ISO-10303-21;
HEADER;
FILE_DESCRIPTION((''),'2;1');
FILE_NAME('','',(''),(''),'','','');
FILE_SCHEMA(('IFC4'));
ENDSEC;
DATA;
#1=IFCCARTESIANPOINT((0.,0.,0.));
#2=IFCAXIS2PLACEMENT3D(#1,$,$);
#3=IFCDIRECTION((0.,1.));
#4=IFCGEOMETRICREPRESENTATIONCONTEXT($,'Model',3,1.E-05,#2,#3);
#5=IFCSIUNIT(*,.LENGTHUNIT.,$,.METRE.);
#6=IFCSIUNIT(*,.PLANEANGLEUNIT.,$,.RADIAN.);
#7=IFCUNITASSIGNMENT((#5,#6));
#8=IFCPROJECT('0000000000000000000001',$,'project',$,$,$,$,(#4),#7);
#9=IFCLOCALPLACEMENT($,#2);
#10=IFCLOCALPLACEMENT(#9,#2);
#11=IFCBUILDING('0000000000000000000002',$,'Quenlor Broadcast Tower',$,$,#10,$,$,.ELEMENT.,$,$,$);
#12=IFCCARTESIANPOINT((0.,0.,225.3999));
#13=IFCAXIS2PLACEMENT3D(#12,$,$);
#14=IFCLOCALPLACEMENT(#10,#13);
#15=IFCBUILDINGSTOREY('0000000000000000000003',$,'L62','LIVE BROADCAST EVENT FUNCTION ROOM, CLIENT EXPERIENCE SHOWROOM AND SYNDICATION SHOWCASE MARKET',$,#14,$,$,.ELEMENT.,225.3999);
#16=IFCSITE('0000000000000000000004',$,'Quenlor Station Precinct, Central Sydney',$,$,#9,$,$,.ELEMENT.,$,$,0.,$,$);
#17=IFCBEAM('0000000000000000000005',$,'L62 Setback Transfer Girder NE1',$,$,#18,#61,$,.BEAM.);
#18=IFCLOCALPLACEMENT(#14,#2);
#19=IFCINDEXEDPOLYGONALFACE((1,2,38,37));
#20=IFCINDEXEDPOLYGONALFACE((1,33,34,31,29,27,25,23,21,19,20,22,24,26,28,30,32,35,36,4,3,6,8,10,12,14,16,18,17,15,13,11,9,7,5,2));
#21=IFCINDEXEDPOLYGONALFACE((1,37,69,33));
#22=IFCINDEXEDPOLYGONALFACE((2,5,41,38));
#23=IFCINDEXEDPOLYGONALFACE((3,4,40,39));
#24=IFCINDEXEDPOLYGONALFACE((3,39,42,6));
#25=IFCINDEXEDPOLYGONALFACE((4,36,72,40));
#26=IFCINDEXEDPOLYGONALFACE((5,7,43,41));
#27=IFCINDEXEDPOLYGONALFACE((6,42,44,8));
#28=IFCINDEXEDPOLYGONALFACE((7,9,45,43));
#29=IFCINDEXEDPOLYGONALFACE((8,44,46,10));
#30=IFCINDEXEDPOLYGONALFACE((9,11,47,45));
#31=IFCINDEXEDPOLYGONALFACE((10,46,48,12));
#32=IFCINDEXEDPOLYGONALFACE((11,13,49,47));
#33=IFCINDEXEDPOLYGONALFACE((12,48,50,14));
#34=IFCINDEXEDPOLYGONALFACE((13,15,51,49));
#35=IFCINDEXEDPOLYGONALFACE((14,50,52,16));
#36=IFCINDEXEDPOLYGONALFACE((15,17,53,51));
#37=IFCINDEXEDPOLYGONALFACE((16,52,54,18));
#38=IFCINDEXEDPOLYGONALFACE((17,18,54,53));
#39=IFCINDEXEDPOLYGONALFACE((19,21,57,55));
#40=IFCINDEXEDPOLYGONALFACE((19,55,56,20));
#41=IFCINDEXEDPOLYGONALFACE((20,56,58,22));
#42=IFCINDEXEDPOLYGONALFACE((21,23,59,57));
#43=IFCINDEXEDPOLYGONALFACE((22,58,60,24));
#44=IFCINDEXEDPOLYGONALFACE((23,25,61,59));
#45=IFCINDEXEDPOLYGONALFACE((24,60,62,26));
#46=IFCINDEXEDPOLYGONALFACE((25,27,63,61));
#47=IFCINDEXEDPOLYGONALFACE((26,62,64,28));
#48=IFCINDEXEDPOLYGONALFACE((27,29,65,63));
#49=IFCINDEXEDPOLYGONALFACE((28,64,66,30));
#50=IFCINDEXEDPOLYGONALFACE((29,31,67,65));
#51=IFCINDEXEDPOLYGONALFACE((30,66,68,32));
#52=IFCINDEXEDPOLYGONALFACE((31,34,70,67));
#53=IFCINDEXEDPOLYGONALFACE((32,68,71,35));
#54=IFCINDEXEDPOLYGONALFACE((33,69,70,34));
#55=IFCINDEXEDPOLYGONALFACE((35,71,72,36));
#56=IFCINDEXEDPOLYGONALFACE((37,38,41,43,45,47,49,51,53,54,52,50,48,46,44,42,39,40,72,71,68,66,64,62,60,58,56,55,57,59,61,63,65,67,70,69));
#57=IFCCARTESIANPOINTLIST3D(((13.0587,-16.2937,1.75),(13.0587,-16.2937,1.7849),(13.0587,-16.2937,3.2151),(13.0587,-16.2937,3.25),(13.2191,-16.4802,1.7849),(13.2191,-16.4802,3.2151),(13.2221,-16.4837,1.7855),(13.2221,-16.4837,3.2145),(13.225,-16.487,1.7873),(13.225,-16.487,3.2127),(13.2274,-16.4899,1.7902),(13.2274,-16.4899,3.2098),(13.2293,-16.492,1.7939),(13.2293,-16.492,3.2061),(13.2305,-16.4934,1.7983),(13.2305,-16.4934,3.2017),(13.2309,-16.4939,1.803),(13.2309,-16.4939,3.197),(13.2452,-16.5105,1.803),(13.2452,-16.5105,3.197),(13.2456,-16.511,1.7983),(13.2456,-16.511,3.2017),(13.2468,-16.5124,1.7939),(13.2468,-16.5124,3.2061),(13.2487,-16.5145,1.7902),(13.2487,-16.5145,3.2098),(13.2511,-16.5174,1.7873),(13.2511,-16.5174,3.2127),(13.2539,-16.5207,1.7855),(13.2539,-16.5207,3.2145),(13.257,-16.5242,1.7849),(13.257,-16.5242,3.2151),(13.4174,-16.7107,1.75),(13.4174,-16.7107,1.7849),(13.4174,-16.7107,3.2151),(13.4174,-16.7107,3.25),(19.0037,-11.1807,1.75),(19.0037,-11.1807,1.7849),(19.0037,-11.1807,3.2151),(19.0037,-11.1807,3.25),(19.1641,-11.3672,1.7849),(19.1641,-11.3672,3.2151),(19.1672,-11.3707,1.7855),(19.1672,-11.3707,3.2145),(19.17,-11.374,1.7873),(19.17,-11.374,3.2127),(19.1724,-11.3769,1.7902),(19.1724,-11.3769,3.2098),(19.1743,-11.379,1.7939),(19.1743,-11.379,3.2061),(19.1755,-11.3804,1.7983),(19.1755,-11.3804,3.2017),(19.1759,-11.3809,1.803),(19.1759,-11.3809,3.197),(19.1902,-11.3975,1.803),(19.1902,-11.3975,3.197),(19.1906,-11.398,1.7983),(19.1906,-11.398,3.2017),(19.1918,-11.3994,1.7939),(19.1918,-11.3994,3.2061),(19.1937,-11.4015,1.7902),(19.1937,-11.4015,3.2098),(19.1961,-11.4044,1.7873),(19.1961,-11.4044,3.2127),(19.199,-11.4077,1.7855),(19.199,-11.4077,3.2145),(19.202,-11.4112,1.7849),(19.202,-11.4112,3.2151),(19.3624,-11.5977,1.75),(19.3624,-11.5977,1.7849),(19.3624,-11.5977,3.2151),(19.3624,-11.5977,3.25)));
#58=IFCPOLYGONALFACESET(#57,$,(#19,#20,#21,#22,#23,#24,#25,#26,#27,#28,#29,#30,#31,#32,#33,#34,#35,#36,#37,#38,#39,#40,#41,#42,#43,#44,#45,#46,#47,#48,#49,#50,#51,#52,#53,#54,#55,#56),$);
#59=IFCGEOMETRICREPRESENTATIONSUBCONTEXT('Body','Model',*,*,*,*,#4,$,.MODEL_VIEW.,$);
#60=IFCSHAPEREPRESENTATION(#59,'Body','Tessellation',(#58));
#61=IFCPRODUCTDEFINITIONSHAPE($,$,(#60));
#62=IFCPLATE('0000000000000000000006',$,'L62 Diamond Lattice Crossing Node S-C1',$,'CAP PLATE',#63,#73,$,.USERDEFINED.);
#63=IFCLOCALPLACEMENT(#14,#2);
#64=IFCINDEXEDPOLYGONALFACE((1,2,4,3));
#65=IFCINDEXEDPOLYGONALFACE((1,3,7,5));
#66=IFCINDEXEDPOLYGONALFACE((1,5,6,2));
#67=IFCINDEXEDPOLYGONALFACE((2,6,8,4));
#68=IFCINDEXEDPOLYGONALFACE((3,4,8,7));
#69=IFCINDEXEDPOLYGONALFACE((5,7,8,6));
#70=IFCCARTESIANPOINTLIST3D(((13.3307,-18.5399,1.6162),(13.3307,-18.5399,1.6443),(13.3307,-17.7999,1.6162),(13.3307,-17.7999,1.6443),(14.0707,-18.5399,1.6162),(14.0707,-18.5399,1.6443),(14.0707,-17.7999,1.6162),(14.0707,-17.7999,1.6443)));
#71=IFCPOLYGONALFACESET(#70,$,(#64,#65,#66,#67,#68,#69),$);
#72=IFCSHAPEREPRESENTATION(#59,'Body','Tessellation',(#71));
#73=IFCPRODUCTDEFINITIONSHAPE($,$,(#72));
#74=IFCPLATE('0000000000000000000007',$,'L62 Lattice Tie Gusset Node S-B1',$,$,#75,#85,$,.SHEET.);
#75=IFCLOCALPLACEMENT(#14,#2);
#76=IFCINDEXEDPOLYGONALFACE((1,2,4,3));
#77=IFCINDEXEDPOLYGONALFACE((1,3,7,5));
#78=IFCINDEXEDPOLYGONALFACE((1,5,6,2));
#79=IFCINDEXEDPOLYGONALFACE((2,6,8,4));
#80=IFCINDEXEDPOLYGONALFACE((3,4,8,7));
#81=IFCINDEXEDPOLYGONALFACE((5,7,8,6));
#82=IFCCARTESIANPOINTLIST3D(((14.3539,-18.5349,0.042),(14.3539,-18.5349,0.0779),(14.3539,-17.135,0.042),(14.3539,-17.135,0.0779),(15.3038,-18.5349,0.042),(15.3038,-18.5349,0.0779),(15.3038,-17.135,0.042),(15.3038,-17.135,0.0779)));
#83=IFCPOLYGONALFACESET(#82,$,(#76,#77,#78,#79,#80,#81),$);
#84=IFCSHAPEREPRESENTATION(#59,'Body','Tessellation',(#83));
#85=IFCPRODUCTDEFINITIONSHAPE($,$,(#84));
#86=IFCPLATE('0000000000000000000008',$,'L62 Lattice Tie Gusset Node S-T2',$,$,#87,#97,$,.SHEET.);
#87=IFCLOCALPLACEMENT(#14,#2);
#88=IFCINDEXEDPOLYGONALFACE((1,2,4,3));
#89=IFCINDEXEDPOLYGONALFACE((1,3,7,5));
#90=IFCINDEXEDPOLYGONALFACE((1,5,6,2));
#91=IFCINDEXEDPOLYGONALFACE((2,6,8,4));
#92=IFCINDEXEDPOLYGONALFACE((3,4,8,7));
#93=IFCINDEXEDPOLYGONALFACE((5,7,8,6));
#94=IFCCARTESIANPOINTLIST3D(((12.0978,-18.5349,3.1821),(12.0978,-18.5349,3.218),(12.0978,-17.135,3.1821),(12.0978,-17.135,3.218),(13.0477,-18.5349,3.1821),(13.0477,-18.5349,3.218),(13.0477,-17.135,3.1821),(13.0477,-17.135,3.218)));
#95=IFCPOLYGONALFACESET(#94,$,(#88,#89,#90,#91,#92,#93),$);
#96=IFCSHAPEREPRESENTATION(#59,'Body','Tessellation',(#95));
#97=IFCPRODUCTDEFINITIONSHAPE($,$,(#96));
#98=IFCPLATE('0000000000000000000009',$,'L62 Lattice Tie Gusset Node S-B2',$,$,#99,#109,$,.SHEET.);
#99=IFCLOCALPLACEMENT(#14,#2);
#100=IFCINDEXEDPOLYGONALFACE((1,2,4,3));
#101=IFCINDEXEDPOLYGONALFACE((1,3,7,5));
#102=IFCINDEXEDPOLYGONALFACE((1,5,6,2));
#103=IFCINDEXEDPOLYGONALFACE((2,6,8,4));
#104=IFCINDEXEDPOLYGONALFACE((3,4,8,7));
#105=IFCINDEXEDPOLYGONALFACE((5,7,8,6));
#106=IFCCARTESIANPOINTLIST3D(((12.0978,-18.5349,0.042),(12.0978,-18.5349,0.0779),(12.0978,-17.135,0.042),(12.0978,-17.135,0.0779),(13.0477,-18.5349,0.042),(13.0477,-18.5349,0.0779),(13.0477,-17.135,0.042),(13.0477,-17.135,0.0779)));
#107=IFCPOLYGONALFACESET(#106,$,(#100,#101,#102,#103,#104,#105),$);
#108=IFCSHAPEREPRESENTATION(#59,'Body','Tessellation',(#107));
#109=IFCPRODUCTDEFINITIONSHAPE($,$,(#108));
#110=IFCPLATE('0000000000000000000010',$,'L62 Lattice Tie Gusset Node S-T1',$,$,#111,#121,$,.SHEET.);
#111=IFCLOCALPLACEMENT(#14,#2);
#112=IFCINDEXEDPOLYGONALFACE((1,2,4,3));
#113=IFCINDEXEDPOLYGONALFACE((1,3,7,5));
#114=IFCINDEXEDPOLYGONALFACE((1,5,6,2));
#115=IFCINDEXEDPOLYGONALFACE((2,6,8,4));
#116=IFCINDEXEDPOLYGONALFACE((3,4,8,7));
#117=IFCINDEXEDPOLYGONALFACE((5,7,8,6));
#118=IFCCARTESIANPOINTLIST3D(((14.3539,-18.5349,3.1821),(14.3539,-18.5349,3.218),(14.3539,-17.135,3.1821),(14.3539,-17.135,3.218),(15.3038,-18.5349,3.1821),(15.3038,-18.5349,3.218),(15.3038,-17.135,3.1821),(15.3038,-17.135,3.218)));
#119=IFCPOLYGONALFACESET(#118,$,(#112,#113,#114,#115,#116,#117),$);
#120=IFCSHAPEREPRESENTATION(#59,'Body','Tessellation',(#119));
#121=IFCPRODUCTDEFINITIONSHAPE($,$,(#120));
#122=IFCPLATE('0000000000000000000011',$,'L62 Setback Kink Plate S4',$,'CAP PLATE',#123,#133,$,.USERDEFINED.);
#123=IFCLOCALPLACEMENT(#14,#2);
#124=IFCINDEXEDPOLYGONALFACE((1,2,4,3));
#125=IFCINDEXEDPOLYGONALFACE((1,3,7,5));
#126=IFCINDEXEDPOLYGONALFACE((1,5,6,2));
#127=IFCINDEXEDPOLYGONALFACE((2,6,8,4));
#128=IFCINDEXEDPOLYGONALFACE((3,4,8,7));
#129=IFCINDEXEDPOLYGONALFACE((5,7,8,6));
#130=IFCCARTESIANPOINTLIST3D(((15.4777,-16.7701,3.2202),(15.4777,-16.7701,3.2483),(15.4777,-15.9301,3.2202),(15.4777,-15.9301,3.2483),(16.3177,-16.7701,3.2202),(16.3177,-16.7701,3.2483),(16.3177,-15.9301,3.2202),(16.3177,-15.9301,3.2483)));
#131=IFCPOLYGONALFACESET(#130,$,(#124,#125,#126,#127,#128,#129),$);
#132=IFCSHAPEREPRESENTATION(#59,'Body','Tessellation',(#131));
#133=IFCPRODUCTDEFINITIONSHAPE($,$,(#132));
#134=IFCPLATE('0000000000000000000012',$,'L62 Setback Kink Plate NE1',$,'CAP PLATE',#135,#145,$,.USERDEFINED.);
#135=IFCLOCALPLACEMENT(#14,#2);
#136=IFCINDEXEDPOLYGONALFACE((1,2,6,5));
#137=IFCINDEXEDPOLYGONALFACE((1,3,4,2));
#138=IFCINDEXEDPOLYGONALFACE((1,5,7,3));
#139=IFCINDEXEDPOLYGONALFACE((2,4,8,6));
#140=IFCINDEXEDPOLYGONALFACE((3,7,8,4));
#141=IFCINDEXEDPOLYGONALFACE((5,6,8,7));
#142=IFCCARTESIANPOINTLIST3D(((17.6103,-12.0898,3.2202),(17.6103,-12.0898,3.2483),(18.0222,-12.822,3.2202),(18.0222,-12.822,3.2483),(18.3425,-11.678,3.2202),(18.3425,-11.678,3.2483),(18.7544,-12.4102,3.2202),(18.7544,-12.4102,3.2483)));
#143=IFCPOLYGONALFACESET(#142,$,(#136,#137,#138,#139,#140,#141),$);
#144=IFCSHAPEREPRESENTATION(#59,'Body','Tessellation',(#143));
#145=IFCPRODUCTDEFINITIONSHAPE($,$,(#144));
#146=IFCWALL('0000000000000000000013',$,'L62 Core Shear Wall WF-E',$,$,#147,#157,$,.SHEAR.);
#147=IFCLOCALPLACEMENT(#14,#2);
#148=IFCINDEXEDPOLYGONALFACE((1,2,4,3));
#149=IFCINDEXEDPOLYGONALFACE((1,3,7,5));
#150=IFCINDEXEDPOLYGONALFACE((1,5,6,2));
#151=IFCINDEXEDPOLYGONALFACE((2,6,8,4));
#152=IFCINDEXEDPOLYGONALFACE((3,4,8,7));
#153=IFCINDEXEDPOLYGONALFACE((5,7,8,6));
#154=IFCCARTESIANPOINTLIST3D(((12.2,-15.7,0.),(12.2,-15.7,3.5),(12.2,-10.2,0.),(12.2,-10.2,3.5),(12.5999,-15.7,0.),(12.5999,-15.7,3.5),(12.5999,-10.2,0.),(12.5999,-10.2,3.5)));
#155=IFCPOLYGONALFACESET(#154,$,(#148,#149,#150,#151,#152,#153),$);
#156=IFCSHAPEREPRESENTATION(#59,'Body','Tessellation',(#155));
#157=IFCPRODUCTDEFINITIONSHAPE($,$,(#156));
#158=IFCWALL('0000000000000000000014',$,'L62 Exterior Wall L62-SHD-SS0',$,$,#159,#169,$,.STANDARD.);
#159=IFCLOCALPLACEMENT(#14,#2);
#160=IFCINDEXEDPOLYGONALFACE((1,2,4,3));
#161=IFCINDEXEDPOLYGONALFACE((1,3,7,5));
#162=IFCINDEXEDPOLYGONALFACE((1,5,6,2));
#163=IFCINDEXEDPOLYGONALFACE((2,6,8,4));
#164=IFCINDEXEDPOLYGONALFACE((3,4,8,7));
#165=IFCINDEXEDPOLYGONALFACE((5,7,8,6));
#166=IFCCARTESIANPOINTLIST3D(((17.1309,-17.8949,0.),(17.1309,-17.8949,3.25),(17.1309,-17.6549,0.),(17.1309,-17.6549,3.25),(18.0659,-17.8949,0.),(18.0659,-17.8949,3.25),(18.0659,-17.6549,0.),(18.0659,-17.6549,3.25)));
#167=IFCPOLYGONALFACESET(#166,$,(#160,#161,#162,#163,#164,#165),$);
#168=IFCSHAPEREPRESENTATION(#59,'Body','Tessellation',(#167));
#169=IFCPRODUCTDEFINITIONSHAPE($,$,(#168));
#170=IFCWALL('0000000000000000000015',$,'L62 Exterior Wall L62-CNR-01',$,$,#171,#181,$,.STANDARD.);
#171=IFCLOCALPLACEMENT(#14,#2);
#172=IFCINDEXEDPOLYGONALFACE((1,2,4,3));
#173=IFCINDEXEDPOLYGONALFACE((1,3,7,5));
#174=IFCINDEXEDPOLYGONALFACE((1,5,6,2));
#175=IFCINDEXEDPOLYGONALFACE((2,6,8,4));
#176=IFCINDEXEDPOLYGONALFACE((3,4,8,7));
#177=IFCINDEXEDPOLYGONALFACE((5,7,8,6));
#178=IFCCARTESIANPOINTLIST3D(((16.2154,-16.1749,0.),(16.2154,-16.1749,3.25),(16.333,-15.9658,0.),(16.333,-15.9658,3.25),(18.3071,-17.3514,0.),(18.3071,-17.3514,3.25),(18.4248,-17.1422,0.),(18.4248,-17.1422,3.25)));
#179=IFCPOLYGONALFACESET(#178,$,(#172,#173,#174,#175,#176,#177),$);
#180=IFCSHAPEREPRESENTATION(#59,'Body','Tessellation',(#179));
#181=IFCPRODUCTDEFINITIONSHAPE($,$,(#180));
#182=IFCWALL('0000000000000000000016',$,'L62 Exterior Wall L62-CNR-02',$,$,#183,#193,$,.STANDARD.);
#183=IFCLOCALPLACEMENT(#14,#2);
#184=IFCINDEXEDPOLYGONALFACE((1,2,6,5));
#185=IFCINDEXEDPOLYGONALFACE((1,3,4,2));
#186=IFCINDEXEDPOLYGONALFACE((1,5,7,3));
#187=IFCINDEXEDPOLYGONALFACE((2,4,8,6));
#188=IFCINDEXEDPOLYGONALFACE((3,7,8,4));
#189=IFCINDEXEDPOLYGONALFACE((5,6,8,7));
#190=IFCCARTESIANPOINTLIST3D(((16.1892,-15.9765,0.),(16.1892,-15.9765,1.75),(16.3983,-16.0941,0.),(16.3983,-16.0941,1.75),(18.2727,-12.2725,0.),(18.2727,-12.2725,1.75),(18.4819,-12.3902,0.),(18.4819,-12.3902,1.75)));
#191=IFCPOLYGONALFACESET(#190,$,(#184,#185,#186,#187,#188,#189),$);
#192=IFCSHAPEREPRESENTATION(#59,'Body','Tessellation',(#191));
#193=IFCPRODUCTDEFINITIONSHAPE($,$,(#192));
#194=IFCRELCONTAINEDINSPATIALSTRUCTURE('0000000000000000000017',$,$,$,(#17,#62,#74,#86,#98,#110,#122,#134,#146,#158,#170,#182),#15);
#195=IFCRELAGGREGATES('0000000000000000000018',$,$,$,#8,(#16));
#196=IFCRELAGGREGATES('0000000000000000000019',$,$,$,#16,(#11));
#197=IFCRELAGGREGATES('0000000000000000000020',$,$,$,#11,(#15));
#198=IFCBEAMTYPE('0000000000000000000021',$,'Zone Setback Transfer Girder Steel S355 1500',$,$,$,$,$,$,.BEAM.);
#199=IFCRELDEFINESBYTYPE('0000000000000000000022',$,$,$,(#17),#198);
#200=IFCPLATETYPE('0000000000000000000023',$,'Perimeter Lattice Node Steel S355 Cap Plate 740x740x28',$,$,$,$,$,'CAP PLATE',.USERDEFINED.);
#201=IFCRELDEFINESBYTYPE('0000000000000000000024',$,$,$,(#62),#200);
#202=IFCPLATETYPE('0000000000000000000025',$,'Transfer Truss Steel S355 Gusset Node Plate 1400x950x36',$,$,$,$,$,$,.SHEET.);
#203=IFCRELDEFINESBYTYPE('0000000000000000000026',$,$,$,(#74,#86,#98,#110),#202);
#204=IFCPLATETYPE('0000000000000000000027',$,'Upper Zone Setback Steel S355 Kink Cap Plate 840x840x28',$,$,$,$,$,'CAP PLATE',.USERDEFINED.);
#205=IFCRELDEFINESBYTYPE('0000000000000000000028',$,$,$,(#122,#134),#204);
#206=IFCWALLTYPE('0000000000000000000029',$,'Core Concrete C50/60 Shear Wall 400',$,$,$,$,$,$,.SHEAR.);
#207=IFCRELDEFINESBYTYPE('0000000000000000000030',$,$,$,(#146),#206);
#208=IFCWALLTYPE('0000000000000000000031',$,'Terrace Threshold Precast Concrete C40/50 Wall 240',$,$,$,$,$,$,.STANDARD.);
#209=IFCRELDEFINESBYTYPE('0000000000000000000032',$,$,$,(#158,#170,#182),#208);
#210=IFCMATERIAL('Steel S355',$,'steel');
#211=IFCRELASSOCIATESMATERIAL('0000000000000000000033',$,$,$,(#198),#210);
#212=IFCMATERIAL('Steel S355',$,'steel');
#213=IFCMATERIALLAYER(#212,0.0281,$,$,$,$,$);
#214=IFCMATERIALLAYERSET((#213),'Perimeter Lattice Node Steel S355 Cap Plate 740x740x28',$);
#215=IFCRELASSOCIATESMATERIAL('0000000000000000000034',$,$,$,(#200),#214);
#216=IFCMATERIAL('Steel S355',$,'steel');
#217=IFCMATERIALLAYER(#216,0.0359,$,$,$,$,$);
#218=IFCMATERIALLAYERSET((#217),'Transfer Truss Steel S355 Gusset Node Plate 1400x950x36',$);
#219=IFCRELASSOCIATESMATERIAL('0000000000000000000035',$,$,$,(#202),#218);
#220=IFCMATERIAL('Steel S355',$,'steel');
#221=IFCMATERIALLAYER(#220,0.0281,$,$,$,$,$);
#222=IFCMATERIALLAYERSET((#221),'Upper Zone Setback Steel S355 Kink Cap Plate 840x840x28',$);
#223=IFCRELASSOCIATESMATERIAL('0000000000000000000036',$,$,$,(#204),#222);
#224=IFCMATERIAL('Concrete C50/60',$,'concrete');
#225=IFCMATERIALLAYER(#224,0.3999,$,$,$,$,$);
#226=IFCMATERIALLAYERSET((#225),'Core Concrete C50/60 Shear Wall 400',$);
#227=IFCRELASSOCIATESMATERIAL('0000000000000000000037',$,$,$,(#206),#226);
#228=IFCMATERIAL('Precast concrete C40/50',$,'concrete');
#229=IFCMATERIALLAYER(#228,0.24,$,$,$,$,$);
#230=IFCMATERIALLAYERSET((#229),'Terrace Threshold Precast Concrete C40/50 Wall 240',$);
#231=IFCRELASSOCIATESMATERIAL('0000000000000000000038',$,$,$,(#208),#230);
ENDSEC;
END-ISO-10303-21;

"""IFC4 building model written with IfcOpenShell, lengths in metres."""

from ifc_helpers import new_model, si_unit, direction, frame, frame_2d, origin, origin_2d, place, context, subcontext, project, spatial, rectangle, i_section, extrude, material, layer, layer_set, material_profile, profile_set, type_object, element, save


model = new_model("IFC4")

# Units and contexts
model_context = context("Model", 3, precision=1e-05, world=origin(), true_north=direction((0.0, 1.0)))
body_context = subcontext(model_context, "Body", "Model", "MODEL_VIEW")
ifc_project = project(units=[si_unit("LENGTHUNIT", "METRE"), si_unit("PLANEANGLEUNIT", "RADIAN")], contexts=[model_context])

# Site, building, storey
site_placement = place(None, origin())
site = spatial("IfcSite", under=ifc_project, at=site_placement, Name="Quenlor Station Precinct, Central Sydney", CompositionType="ELEMENT", RefElevation=0.0)
building_placement = place(site_placement, origin())
building = spatial("IfcBuilding", under=site, at=building_placement, Name="Quenlor Broadcast Tower", CompositionType="ELEMENT")
storey_placement = place(building_placement, frame((0.0, 0.0, 225.3999)))
storey = spatial("IfcBuildingStorey", under=building, at=storey_placement, Name="L62", Description="LIVE BROADCAST EVENT FUNCTION ROOM, CLIENT EXPERIENCE SHOWROOM AND SYNDICATION SHOWCASE MARKET", CompositionType="ELEMENT", Elevation=225.3999)

# Beam
ifc_material_1 = material(Name="Steel S355", Category="steel")
ifc_material_profile_1 = material_profile(ifc_material_1, i_section(OverallWidth=0.55, OverallDepth=1.5, WebThickness=0.022, FlangeThickness=0.0349, FilletRadius=0.0181, at=origin_2d()))
ifc_profile_set_1 = profile_set([ifc_material_profile_1], Name="Steel S355 1500TG510")
beam_type_1 = type_object("IfcBeamType", Name="Zone Setback Transfer Girder Steel S355 1500", PredefinedType="BEAM", material=ifc_profile_set_1)
beam_1_placement = place(storey_placement, frame((13.238, -16.5022, 2.5), z_axis=(0.758168, 0.65206, 0.0), x_axis=(-0.65206, 0.758168, 0.0)))
element("IfcBeam", 1, at=beam_1_placement, inside=storey, type_object=beam_type_1, Name="L62 Setback Transfer Girder NE1", PredefinedType="BEAM", context=body_context, shape_type="SweptSolid", body=[
    extrude(i_section(OverallWidth=0.55, OverallDepth=1.5, WebThickness=0.022, FlangeThickness=0.0349, FilletRadius=0.0181, at=origin_2d()), origin(), (0.0, 0.0, 1.0), 7.8413),
])

# Plates
ifc_material_2 = material(Name="Steel S355", Category="steel")
ifc_layer_1 = layer(ifc_material_2, 0.0281)
ifc_layer_set_1 = layer_set([ifc_layer_1], Name="Perimeter Lattice Node Steel S355 Cap Plate 740x740x28")
plate_type_1 = type_object("IfcPlateType", Name="Perimeter Lattice Node Steel S355 Cap Plate 740x740x28", ElementType="CAP PLATE", PredefinedType="USERDEFINED", material=ifc_layer_set_1)
plate_placement = place(storey_placement, frame((13.7007, -18.1699, 1.6162), z_axis=(0.0, 0.0, 1.0), x_axis=(-1.0, 0.0, 0.0)))
element("IfcPlate", 2, at=plate_placement, inside=storey, type_object=plate_type_1, Name="L62 Diamond Lattice Crossing Node S-C1", ObjectType="CAP PLATE", PredefinedType="USERDEFINED", context=body_context, shape_type="SweptSolid", body=[
    extrude(rectangle(XDim=0.74, YDim=0.74, at=origin_2d()), origin(), (0.0, 0.0, 1.0), 0.0281),
])
ifc_material_3 = material(Name="Steel S355", Category="steel")
ifc_layer_2 = layer(ifc_material_3, 0.0359)
ifc_layer_set_2 = layer_set([ifc_layer_2], Name="Transfer Truss Steel S355 Gusset Node Plate 1400x950x36")
plate_type_2 = type_object("IfcPlateType", Name="Transfer Truss Steel S355 Gusset Node Plate 1400x950x36", PredefinedType="SHEET", material=ifc_layer_set_2)
for number, where, z_axis, x_axis, name in (
    (3, (14.8289, -17.835, 0.042), (0.0, 0.0, 1.0), (0.0, -1.0, 0.0), "L62 Lattice Tie Gusset Node S-B1"),
    (4, (12.5728, -17.835, 3.1821), (0.0, 0.0, 1.0), (0.0, -1.0, 0.0), "L62 Lattice Tie Gusset Node S-T2"),
    (5, (12.5728, -17.835, 0.042), (0.0, 0.0, 1.0), (0.0, -1.0, 0.0), "L62 Lattice Tie Gusset Node S-B2"),
    (6, (14.8289, -17.835, 3.1821), (0.0, 0.0, 1.0), (0.0, -1.0, 0.0), "L62 Lattice Tie Gusset Node S-T1"),
):
    element("IfcPlate", number, at=place(storey_placement, frame(where, z_axis=z_axis, x_axis=x_axis)), inside=storey, type_object=plate_type_2, Name=name, PredefinedType="SHEET", context=body_context, shape_type="SweptSolid", body=[
        extrude(rectangle(XDim=1.3999, YDim=0.95, at=origin_2d()), origin(), (0.0, 0.0, 1.0), 0.0359),
    ])
ifc_material_4 = material(Name="Steel S355", Category="steel")
ifc_layer_3 = layer(ifc_material_4, 0.0281)
ifc_layer_set_3 = layer_set([ifc_layer_3], Name="Upper Zone Setback Steel S355 Kink Cap Plate 840x840x28")
plate_type_3 = type_object("IfcPlateType", Name="Upper Zone Setback Steel S355 Kink Cap Plate 840x840x28", ElementType="CAP PLATE", PredefinedType="USERDEFINED", material=ifc_layer_set_3)
for number, where, z_axis, x_axis, name in (
    (7, (15.8977, -16.3501, 3.2202), (0.0, 0.0, 1.0), (0.0, 1.0, 0.0), "L62 Setback Kink Plate S4"),
    (8, (18.1824, -12.25, 3.2202), (0.0, 0.0, 1.0), (0.871575, 0.490262, 0.0), "L62 Setback Kink Plate NE1"),
):
    element("IfcPlate", number, at=place(storey_placement, frame(where, z_axis=z_axis, x_axis=x_axis)), inside=storey, type_object=plate_type_3, Name=name, ObjectType="CAP PLATE", PredefinedType="USERDEFINED", context=body_context, shape_type="SweptSolid", body=[
        extrude(rectangle(XDim=0.8401, YDim=0.8401, at=origin_2d()), origin(), (0.0, 0.0, 1.0), 0.0281),
    ])

# Walls
ifc_material_5 = material(Name="Concrete C50/60", Category="concrete")
ifc_layer_4 = layer(ifc_material_5, 0.3999)
ifc_layer_set_4 = layer_set([ifc_layer_4], Name="Core Concrete C50/60 Shear Wall 400")
wall_type_1 = type_object("IfcWallType", Name="Core Concrete C50/60 Shear Wall 400", PredefinedType="SHEAR", material=ifc_layer_set_4)
wall_1_placement = place(storey_placement, frame((12.3999, -15.7, 0.0), z_axis=(0.0, 0.0, 1.0), x_axis=(0.0, 1.0, 0.0)))
element("IfcWall", 9, at=wall_1_placement, inside=storey, type_object=wall_type_1, Name="L62 Core Shear Wall WF-E", PredefinedType="SHEAR", context=body_context, shape_type="SweptSolid", body=[
    extrude(rectangle(XDim=5.5, YDim=0.3999, at=frame_2d((2.75, 0.0))), origin(), (0.0, 0.0, 1.0), 3.5),
])
ifc_material_6 = material(Name="Precast concrete C40/50", Category="concrete")
ifc_layer_5 = layer(ifc_material_6, 0.24)
ifc_layer_set_5 = layer_set([ifc_layer_5], Name="Terrace Threshold Precast Concrete C40/50 Wall 240")
wall_type_2 = type_object("IfcWallType", Name="Terrace Threshold Precast Concrete C40/50 Wall 240", PredefinedType="STANDARD", material=ifc_layer_set_5)
wall_2_placement = place(storey_placement, frame((18.0659, -17.7749, 0.0), z_axis=(0.0, 0.0, 1.0), x_axis=(-1.0, 0.0, 0.0)))
element("IfcWall", 10, at=wall_2_placement, inside=storey, type_object=wall_type_2, Name="L62 Exterior Wall L62-SHD-SS0", PredefinedType="STANDARD", context=body_context, shape_type="SweptSolid", body=[
    extrude(rectangle(XDim=0.9351, YDim=0.24, at=frame_2d((0.4675, 0.0))), origin(), (0.0, 0.0, 1.0), 3.25),
])
wall_3_placement = place(storey_placement, frame((18.366, -17.2468, 0.0), z_axis=(0.0, 0.0, 1.0), x_axis=(-0.871597, 0.490223, 0.0)))
element("IfcWall", 11, at=wall_3_placement, inside=storey, type_object=wall_type_2, Name="L62 Exterior Wall L62-CNR-01", PredefinedType="STANDARD", context=body_context, shape_type="SweptSolid", body=[
    extrude(rectangle(XDim=2.3999, YDim=0.24, at=frame_2d((1.2, 0.0))), origin(), (0.0, 0.0, 1.0), 3.25),
])
wall_4_placement = place(storey_placement, frame((16.2937, -16.0354, 0.0), z_axis=(0.0, 0.0, 1.0), x_axis=(0.490275, 0.871568, 0.0)))
element("IfcWall", 12, at=wall_4_placement, inside=storey, type_object=wall_type_2, Name="L62 Exterior Wall L62-CNR-02", PredefinedType="STANDARD", context=body_context, shape_type="SweptSolid", body=[
    extrude(rectangle(XDim=4.2498, YDim=0.24, at=frame_2d((2.125, 0.0))), origin(), (0.0, 0.0, 1.0), 1.75),
])

save(model, "model.ifc")
